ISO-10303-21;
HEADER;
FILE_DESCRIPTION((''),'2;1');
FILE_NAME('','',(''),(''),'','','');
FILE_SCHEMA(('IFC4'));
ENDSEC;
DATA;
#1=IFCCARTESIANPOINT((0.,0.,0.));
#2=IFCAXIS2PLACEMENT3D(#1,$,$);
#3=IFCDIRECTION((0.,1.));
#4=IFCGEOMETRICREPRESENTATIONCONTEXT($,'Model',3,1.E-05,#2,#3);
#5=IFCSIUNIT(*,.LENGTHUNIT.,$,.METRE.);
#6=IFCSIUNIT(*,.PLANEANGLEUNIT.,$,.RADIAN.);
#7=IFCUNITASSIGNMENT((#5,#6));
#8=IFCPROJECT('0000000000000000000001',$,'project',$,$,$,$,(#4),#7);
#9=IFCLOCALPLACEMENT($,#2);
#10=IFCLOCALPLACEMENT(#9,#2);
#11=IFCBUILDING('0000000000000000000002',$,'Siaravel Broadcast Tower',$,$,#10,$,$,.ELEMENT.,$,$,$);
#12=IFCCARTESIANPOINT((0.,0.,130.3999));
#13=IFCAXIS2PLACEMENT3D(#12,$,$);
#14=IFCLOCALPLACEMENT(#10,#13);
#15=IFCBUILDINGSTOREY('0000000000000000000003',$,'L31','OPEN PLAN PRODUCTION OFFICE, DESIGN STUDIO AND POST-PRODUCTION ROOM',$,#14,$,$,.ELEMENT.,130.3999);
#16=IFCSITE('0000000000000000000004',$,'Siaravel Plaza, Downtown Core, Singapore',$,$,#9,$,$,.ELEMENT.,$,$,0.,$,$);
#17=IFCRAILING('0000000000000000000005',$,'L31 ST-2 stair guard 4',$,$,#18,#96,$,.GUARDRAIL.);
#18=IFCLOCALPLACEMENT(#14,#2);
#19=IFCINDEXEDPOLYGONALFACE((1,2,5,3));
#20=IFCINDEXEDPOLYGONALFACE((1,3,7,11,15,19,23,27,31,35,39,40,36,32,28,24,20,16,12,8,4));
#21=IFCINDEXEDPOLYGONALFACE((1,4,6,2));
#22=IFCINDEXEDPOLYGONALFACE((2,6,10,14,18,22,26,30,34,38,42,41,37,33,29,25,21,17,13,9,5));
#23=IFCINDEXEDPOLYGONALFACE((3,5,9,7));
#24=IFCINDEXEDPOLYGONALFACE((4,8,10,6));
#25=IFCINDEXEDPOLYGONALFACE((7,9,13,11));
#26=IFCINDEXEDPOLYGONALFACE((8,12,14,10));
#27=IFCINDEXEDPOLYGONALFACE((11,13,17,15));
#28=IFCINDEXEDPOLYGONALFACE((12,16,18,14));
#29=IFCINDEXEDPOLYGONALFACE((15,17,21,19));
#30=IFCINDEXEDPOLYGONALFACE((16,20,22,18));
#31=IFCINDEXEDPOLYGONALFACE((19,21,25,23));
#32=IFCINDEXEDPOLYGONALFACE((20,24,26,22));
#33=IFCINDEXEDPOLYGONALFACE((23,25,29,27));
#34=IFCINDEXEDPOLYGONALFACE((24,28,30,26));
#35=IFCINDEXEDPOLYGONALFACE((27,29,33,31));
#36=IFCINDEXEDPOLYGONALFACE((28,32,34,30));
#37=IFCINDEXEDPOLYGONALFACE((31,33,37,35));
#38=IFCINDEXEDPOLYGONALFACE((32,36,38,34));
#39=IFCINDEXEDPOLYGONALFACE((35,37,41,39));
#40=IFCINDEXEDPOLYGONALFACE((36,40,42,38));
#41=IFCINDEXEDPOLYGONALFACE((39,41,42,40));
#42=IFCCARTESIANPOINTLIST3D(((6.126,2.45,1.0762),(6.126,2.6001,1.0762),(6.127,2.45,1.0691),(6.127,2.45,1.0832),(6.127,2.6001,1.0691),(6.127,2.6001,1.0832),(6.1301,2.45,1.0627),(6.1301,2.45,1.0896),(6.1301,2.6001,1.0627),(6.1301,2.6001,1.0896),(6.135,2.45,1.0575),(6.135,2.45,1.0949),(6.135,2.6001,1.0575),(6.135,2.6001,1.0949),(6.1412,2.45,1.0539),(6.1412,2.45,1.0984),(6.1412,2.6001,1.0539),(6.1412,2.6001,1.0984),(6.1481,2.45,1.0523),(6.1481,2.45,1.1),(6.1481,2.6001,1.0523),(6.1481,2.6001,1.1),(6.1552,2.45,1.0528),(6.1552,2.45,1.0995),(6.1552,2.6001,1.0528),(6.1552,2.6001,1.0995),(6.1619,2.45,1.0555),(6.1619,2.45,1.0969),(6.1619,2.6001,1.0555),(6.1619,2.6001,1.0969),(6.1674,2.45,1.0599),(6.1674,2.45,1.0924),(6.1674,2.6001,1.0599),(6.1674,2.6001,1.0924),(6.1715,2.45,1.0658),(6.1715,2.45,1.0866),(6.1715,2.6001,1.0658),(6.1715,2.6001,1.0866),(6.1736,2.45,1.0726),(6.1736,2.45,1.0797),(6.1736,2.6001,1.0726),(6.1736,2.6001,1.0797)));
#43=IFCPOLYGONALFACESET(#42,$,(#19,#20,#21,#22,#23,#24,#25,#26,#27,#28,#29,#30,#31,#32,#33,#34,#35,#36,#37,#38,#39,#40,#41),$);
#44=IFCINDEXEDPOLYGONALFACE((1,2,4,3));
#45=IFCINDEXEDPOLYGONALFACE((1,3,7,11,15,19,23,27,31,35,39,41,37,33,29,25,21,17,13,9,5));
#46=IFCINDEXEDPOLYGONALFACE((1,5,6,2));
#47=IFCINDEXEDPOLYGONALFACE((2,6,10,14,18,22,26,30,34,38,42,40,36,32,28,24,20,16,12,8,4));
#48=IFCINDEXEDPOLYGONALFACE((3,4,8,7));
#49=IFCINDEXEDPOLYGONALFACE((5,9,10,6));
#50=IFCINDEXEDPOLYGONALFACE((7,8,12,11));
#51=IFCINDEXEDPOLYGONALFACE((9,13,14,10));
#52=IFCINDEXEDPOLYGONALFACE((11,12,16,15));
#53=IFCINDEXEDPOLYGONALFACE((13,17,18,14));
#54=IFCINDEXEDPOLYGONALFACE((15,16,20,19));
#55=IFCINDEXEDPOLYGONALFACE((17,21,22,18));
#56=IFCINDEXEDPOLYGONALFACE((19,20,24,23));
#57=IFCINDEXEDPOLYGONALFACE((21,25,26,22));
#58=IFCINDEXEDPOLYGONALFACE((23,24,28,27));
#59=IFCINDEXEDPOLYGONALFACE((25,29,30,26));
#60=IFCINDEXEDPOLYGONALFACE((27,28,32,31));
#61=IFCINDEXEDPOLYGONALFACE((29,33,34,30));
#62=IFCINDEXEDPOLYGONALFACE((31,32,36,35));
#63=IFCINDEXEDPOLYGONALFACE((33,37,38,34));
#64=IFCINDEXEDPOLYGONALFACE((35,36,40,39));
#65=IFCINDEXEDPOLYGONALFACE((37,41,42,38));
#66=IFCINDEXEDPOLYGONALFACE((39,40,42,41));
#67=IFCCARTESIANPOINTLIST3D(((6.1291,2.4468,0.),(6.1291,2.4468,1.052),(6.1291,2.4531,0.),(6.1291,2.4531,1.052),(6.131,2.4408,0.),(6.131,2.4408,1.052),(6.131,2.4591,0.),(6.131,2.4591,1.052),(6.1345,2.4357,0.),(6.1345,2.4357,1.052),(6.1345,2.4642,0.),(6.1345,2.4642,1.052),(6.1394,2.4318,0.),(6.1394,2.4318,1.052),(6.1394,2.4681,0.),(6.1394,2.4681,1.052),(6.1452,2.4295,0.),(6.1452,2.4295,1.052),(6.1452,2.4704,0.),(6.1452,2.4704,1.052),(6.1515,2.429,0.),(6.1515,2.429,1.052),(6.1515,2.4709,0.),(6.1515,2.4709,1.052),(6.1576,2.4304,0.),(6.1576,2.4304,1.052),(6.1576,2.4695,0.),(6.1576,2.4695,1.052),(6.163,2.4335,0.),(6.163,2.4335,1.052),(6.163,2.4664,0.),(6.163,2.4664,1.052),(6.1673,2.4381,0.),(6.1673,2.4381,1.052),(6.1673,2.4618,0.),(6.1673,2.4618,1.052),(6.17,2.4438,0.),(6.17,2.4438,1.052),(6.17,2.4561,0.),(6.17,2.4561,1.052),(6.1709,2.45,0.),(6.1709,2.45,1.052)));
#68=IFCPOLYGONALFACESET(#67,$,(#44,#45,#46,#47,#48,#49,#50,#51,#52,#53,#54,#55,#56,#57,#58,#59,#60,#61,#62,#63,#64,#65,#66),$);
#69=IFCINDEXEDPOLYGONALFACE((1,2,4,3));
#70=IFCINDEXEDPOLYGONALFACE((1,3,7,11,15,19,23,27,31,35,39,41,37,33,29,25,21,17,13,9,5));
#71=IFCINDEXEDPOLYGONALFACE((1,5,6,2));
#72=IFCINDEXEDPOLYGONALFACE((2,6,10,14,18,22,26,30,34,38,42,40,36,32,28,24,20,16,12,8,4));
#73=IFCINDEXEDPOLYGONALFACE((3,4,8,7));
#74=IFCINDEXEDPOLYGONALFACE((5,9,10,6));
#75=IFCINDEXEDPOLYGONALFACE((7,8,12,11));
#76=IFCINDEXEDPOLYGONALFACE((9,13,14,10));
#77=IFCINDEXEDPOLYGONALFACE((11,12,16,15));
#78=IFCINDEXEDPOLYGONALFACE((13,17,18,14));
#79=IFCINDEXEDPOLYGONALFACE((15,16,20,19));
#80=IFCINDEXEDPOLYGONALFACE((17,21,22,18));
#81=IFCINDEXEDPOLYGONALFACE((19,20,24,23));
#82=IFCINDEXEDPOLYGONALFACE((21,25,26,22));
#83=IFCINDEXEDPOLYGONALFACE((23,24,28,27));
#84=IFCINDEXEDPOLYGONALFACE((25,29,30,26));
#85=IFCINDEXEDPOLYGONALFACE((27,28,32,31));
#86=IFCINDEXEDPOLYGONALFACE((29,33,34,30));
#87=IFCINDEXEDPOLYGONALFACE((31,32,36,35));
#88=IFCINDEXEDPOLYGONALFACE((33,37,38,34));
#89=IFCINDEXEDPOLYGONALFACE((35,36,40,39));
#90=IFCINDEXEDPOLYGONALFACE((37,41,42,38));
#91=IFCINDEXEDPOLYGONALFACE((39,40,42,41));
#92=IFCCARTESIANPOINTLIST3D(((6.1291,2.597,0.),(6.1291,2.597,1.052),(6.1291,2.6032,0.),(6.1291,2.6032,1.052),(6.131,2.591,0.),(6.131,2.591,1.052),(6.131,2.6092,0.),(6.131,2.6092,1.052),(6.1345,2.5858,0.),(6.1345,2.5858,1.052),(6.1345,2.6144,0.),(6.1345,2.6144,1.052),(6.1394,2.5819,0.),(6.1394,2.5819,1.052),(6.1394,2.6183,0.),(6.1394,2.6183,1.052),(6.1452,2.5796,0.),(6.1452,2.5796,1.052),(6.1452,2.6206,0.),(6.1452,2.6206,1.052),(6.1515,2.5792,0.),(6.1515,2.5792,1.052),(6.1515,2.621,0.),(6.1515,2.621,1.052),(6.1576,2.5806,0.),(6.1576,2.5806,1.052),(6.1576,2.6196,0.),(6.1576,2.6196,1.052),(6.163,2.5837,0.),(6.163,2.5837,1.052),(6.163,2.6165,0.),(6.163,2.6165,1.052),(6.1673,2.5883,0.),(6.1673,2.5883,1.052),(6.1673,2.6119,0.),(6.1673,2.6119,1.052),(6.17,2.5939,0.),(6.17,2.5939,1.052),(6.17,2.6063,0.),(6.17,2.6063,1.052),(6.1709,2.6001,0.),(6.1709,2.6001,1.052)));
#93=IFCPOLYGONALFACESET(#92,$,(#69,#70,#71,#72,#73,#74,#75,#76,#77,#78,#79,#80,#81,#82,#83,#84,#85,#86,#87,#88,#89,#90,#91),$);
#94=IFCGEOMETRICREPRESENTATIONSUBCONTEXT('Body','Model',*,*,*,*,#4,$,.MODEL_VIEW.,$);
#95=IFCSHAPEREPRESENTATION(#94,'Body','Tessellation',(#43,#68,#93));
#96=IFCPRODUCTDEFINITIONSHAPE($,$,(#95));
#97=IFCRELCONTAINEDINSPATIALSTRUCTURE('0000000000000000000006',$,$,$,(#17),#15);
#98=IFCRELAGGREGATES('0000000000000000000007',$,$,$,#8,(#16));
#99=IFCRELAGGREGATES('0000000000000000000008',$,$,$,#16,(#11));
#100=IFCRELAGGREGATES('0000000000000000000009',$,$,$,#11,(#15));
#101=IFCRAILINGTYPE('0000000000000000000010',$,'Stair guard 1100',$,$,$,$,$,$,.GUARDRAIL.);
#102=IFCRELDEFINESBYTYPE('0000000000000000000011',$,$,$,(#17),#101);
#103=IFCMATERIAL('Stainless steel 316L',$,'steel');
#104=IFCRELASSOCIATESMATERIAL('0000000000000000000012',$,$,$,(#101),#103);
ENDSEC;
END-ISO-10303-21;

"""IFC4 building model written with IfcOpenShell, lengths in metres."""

from ifc_helpers import new_model, si_unit, direction, frame, origin, origin_2d, place, context, subcontext, project, spatial, circle, extrude, material, type_object, element, save


model = new_model("IFC4")

# Units and contexts
model_context = context("Model", 3, precision=1e-05, world=origin(), true_north=direction((0.0, 1.0)))
body_context = subcontext(model_context, "Body", "Model", "MODEL_VIEW")
ifc_project = project(units=[si_unit("LENGTHUNIT", "METRE"), si_unit("PLANEANGLEUNIT", "RADIAN")], contexts=[model_context])

# Site, building, storey
site_placement = place(None, origin())
site = spatial("IfcSite", under=ifc_project, at=site_placement, Name="Siaravel Plaza, Downtown Core, Singapore", CompositionType="ELEMENT", RefElevation=0.0)
building_placement = place(site_placement, origin())
building = spatial("IfcBuilding", under=site, at=building_placement, Name="Siaravel Broadcast Tower", CompositionType="ELEMENT")
storey_placement = place(building_placement, frame((0.0, 0.0, 130.3999)))
storey = spatial("IfcBuildingStorey", under=building, at=storey_placement, Name="L31", Description="OPEN PLAN PRODUCTION OFFICE, DESIGN STUDIO AND POST-PRODUCTION ROOM", CompositionType="ELEMENT", Elevation=130.3999)

# Railing
ifc_material_1 = material(Name="Stainless steel 316L", Category="steel")
railing_type_1 = type_object("IfcRailingType", Name="Stair guard 1100", PredefinedType="GUARDRAIL", material=ifc_material_1)
railing_1_placement = place(storey_placement, frame((6.1499, 2.45, 0.0)))
element("IfcRailing", 1, at=railing_1_placement, inside=storey, type_object=railing_type_1, Name="L31 ST-2 stair guard 4", PredefinedType="GUARDRAIL", context=body_context, shape_type="SweptSolid", body=[
    extrude(circle(Radius=0.0239, at=origin_2d()), frame((0.0, 0.0, 1.0762), z_axis=(0.0, 1.0, 0.0), x_axis=(-1.0, 0.0, 0.0)), (0.0, 0.0, 1.0), 0.1501),
    extrude(circle(Radius=0.021, at=origin_2d()), origin(), (0.0, 0.0, 1.0), 1.052),
    extrude(circle(Radius=0.021, at=origin_2d()), frame((0.0, 0.1501, 0.0)), (0.0, 0.0, 1.0), 1.052),
])

save(model, "model.ifc")
